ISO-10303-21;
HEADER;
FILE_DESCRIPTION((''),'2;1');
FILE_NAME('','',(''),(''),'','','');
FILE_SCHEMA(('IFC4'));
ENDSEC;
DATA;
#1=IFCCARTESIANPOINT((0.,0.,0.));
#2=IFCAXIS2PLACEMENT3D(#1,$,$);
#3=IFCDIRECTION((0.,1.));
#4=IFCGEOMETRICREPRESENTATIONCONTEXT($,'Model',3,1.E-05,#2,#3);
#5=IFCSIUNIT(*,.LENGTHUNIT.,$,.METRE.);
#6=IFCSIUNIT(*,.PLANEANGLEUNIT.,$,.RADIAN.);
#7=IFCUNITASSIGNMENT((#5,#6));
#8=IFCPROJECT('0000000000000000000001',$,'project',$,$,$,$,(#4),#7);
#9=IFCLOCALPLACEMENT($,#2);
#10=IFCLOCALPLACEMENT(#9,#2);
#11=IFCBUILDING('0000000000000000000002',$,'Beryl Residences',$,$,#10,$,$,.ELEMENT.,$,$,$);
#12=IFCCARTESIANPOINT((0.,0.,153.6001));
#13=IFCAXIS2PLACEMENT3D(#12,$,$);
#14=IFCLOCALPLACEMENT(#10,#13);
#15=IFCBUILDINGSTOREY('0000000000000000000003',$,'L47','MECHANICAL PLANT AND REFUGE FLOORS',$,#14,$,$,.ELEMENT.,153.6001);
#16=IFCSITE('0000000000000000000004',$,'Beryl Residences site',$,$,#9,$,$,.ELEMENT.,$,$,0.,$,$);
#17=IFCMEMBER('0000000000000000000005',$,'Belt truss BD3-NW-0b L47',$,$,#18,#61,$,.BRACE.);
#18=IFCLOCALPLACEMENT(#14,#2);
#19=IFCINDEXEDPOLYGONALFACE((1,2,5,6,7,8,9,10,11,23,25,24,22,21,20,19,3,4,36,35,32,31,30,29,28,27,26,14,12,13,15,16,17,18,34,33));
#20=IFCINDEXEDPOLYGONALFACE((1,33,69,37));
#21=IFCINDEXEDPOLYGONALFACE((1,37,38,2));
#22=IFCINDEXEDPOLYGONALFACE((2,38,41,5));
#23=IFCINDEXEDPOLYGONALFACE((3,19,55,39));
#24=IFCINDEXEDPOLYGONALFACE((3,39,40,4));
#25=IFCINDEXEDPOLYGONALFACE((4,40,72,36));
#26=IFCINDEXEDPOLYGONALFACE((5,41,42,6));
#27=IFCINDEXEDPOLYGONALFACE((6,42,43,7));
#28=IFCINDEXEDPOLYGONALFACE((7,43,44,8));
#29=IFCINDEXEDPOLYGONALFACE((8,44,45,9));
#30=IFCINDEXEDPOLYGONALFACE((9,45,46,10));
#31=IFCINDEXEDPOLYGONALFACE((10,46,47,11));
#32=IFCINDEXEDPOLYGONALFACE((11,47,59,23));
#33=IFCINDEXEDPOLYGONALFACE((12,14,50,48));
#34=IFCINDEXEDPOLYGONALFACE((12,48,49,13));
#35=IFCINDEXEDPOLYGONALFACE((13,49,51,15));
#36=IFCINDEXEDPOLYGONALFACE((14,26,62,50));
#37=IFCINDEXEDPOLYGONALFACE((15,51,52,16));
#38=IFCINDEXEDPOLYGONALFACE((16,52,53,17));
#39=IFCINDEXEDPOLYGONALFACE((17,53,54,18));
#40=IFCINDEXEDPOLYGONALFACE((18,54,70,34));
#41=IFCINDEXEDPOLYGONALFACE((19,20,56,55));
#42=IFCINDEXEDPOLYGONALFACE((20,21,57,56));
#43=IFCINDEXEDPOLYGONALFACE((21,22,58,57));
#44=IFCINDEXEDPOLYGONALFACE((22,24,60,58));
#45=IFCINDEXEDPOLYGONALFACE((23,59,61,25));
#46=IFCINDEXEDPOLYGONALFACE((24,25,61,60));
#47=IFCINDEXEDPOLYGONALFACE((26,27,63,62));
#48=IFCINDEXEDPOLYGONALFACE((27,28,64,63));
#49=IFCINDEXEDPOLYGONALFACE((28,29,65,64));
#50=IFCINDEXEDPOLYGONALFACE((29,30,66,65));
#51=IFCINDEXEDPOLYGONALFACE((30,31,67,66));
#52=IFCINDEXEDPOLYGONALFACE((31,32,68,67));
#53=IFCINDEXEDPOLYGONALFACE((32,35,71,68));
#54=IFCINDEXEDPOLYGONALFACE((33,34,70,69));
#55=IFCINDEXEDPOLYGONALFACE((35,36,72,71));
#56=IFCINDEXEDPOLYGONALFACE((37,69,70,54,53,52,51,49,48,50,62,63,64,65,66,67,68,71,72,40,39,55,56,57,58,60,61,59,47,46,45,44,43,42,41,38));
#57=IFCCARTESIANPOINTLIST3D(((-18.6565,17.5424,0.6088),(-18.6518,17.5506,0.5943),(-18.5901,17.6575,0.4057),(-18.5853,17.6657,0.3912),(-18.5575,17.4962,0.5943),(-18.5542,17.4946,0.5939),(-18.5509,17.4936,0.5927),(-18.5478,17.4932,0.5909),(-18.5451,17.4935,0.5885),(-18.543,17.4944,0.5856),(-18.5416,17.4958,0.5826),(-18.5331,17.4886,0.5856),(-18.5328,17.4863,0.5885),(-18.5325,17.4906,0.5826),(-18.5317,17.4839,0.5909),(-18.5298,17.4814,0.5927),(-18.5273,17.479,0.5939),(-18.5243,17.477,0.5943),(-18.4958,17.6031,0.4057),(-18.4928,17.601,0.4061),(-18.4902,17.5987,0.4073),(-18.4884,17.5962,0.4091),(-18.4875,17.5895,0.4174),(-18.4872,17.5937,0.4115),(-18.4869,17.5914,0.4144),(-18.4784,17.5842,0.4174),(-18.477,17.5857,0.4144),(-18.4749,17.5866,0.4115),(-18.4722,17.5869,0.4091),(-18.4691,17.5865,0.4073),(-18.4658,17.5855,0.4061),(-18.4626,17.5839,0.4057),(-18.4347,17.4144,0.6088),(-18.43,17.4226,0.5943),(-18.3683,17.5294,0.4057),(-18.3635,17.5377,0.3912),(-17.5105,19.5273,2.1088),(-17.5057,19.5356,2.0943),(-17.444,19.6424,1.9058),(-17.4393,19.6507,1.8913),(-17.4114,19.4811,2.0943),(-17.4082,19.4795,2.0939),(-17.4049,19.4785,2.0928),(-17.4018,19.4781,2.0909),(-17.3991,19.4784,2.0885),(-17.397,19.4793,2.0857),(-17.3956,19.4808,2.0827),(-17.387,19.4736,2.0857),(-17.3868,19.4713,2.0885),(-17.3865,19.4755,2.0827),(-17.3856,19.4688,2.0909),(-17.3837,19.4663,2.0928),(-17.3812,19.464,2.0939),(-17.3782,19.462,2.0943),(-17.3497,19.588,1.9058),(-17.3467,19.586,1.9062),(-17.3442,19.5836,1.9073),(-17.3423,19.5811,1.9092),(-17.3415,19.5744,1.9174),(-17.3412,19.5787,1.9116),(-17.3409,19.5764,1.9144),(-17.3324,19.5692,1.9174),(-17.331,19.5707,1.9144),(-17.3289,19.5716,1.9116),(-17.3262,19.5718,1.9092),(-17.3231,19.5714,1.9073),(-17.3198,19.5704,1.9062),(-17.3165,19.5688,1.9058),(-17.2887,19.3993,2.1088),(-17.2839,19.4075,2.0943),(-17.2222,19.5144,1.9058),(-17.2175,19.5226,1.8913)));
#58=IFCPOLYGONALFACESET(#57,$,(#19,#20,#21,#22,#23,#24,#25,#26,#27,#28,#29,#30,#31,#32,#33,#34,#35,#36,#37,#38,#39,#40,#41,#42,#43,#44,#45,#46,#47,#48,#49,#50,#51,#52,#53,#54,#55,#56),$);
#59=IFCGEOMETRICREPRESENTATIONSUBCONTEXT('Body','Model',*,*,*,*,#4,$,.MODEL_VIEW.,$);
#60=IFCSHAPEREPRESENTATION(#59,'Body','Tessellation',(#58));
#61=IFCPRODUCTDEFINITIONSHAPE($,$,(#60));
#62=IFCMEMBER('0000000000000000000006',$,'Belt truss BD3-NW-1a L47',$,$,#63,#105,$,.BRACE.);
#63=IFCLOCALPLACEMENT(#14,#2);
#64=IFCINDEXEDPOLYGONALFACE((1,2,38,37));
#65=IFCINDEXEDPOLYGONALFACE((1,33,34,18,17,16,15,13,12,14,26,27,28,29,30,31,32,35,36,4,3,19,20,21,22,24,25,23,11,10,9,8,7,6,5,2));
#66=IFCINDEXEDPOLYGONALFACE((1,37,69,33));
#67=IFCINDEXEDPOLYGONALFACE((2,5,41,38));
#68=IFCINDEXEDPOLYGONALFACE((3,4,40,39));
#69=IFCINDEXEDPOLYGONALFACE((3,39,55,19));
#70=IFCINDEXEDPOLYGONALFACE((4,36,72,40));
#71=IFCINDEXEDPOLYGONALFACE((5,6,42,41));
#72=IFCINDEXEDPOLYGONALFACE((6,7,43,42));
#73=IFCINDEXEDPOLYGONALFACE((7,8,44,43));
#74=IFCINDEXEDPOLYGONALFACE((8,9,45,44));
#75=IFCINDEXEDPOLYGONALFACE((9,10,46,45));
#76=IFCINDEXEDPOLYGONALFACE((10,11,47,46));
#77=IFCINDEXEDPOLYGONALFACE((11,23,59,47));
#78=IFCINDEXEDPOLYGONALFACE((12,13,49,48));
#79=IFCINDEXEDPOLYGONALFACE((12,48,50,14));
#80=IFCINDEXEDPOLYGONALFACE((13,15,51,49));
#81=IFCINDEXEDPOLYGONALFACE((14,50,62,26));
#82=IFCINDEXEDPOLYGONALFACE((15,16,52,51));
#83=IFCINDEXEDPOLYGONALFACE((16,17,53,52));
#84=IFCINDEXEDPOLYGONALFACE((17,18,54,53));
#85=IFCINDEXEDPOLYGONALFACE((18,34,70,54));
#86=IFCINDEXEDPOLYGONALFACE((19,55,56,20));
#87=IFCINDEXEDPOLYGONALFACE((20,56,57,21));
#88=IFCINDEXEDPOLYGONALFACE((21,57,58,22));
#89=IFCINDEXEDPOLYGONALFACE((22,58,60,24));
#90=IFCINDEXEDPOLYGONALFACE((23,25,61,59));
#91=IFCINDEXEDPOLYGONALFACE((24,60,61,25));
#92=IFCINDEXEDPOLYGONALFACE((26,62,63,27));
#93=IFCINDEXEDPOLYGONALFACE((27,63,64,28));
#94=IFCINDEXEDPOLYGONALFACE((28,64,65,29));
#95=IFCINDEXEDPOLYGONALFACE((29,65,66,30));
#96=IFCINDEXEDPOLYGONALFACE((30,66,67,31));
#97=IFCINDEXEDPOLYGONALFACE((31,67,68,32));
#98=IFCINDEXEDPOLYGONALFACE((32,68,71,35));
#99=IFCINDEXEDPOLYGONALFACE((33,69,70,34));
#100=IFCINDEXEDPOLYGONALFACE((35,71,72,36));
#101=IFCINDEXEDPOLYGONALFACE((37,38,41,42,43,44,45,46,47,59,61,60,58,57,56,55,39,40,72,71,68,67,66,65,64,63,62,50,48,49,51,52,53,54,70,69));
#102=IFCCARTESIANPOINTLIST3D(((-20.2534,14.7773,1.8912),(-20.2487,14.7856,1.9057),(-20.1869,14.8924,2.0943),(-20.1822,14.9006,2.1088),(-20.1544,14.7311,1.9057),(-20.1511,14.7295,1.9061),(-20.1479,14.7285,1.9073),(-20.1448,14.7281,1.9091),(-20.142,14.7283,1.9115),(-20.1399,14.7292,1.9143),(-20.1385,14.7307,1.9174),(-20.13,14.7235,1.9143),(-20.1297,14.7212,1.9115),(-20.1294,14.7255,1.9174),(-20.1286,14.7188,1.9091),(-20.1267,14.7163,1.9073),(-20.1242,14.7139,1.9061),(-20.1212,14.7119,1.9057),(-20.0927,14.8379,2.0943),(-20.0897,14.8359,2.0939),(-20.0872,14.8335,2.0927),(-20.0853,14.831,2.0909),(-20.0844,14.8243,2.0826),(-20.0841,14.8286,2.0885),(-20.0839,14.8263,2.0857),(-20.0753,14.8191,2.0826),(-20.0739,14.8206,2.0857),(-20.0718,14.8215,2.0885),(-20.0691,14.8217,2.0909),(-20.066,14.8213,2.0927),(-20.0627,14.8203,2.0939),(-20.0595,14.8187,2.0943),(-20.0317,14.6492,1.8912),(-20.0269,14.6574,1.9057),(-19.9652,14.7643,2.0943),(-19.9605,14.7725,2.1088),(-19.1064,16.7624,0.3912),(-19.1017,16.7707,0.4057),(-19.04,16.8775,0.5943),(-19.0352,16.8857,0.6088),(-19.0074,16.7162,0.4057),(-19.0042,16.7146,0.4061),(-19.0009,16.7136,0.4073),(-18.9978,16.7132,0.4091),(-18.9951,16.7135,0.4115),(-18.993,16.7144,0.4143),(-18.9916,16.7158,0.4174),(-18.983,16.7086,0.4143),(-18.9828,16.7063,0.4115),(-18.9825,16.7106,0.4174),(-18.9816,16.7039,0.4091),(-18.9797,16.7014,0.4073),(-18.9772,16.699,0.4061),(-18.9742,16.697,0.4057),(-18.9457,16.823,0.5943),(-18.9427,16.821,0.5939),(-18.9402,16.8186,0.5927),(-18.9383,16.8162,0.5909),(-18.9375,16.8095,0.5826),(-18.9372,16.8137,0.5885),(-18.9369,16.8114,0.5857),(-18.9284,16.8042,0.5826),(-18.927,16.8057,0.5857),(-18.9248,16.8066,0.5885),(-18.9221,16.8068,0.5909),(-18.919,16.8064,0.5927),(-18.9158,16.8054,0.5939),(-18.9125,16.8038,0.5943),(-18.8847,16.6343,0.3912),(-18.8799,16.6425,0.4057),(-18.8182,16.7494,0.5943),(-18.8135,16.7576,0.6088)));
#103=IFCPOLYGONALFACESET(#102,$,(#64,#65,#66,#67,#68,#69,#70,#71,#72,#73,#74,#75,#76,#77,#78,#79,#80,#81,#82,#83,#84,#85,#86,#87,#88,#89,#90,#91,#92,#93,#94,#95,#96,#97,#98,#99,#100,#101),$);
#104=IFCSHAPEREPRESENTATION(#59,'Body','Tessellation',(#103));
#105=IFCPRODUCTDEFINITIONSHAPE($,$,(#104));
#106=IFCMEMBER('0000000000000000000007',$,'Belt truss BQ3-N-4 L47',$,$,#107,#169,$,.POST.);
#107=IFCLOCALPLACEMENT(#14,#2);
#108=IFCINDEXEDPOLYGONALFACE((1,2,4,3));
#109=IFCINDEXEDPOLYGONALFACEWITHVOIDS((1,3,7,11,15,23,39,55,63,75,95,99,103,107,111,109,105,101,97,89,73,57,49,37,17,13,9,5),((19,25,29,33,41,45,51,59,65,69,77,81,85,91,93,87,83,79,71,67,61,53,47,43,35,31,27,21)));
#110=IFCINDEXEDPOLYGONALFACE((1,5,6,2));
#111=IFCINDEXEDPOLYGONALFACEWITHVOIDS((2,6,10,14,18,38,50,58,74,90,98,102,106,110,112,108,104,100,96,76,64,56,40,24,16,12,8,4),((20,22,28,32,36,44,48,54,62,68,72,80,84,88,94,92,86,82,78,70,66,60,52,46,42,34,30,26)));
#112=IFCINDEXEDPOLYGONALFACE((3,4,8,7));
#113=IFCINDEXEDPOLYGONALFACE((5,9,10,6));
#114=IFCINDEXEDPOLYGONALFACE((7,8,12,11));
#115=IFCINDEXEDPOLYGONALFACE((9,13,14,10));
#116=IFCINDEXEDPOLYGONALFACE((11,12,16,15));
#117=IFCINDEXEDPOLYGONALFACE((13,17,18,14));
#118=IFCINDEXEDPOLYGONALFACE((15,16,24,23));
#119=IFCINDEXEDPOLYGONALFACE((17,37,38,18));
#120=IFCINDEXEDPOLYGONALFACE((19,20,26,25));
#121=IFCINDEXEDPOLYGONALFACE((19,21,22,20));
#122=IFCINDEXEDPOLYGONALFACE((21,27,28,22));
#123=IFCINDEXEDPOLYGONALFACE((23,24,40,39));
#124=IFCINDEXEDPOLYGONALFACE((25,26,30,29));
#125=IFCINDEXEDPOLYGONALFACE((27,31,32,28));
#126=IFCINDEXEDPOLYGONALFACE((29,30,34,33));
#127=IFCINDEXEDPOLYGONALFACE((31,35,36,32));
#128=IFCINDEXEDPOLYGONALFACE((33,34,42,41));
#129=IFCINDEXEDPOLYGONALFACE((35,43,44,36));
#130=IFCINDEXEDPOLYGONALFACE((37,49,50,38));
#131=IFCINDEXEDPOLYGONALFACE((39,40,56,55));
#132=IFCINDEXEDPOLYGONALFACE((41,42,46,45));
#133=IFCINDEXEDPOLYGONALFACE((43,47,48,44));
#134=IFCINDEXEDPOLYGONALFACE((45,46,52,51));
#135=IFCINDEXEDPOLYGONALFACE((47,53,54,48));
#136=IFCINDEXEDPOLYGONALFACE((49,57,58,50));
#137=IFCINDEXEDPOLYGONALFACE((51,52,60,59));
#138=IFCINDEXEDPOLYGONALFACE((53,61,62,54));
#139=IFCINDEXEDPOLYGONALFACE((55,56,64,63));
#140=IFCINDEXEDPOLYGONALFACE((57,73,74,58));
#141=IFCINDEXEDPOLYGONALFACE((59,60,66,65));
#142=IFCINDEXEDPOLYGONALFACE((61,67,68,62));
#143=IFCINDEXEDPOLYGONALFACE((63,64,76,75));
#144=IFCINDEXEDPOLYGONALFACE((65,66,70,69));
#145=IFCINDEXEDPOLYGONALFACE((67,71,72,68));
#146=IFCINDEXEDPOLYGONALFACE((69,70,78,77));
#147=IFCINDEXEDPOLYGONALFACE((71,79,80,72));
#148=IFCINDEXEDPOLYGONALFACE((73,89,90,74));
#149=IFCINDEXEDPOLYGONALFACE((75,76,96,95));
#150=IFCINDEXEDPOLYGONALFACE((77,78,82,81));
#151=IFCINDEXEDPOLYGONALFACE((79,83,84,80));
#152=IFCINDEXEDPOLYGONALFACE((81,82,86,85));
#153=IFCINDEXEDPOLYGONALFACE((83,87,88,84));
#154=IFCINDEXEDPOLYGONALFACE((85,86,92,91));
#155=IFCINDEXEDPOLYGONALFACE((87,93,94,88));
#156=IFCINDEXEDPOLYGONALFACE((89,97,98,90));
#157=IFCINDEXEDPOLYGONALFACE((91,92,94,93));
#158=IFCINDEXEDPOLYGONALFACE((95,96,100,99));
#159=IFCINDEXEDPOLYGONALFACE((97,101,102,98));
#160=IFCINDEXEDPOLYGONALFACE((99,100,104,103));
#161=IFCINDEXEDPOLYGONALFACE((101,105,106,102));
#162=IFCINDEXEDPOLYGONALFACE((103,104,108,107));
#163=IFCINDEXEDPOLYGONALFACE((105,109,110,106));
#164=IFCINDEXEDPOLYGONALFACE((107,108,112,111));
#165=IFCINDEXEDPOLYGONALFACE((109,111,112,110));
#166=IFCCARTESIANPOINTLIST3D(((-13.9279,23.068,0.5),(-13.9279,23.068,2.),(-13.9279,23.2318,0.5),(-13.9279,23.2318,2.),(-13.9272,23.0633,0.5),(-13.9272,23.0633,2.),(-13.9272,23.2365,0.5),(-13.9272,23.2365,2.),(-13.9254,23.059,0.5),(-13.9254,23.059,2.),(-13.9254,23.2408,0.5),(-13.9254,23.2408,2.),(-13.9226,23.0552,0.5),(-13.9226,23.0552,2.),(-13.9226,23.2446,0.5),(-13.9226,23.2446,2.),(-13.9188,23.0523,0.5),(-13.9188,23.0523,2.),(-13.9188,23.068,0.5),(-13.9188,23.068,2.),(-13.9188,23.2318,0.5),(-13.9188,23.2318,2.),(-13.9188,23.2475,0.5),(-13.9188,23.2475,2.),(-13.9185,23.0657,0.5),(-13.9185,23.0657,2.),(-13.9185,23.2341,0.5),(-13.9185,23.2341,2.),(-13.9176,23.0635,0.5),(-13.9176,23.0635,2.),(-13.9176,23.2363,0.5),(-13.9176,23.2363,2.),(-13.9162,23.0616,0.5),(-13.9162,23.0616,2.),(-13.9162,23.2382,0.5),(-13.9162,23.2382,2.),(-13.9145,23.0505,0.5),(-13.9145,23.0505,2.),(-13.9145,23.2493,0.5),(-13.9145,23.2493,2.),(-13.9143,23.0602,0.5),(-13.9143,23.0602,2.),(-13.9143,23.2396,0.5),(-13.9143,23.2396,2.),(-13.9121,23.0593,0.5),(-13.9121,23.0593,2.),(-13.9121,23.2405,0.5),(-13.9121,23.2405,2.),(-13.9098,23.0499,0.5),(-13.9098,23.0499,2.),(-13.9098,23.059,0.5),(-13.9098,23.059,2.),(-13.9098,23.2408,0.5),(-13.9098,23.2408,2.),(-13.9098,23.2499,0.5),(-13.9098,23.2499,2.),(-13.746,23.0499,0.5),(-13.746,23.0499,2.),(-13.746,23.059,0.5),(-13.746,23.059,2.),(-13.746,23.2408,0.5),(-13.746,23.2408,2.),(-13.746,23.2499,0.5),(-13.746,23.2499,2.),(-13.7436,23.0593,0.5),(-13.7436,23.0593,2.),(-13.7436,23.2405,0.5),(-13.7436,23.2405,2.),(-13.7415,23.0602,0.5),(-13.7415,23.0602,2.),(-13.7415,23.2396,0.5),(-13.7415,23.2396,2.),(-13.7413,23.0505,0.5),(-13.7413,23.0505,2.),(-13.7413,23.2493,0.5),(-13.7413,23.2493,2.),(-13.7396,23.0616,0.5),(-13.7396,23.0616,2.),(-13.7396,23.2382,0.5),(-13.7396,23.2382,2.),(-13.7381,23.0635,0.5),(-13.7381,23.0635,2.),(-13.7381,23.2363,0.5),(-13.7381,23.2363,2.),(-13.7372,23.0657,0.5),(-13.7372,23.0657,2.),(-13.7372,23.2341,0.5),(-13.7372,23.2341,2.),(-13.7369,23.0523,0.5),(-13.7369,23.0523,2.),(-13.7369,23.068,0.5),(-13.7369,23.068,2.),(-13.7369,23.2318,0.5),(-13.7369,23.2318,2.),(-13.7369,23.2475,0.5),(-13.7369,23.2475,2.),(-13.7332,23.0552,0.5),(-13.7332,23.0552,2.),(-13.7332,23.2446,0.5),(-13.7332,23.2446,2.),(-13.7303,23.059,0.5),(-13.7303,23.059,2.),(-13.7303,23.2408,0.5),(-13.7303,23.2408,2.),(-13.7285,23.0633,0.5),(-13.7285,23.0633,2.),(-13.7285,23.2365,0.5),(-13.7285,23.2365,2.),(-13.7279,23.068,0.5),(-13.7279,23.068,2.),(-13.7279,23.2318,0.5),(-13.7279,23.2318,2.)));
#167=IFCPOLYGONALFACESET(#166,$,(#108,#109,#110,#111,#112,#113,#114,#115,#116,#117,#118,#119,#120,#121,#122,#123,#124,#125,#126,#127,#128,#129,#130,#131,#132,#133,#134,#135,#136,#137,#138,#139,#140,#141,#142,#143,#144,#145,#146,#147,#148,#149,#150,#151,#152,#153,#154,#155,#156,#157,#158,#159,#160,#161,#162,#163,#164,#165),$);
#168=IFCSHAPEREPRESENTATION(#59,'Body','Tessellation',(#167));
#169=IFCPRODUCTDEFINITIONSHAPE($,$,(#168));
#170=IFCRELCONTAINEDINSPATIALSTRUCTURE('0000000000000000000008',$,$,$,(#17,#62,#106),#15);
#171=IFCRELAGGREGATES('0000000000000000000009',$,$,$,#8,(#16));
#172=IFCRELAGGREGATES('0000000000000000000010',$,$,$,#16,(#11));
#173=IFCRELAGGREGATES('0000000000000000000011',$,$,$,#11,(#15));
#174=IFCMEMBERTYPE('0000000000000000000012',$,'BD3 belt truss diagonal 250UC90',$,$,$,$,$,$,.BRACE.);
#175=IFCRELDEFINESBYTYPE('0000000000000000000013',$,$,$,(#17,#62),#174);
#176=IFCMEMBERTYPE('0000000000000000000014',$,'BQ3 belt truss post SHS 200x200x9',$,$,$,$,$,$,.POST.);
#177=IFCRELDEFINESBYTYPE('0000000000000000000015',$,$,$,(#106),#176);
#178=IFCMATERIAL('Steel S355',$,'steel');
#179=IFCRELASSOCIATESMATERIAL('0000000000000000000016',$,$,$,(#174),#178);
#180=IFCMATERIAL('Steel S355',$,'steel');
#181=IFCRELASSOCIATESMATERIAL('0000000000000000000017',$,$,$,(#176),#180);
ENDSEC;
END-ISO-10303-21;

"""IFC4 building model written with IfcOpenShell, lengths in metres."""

from ifc_helpers import new_model, si_unit, direction, frame, origin, origin_2d, place, context, subcontext, project, spatial, hollow_rectangle, i_section, extrude, material, material_profile, profile_set, type_object, element, save


model = new_model("IFC4")

# Units and contexts
model_context = context("Model", 3, precision=1e-05, world=origin(), true_north=direction((0.0, 1.0)))
body_context = subcontext(model_context, "Body", "Model", "MODEL_VIEW")
ifc_project = project(units=[si_unit("LENGTHUNIT", "METRE"), si_unit("PLANEANGLEUNIT", "RADIAN")], contexts=[model_context])

# Site, building, storey
site_placement = place(None, origin())
site = spatial("IfcSite", under=ifc_project, at=site_placement, Name="Beryl Residences site", CompositionType="ELEMENT", RefElevation=0.0)
building_placement = place(site_placement, origin())
building = spatial("IfcBuilding", under=site, at=building_placement, Name="Beryl Residences", CompositionType="ELEMENT")
storey_placement = place(building_placement, frame((0.0, 0.0, 153.6001)))
storey = spatial("IfcBuildingStorey", under=building, at=storey_placement, Name="L47", Description="MECHANICAL PLANT AND REFUGE FLOORS", CompositionType="ELEMENT", Elevation=153.6001)

# Members
ifc_material_1 = material(Name="Steel S355", Category="steel")
ifc_material_profile_1 = material_profile(ifc_material_1, i_section(OverallWidth=0.2561, OverallDepth=0.26, WebThickness=0.0105, FlangeThickness=0.0173, FilletRadius=0.0139, at=origin_2d()))
ifc_profile_set_1 = profile_set([ifc_material_profile_1], Name="Steel S355")
member_type_1 = type_object("IfcMemberType", Name="BD3 belt truss diagonal 250UC90", PredefinedType="BRACE", material=ifc_profile_set_1)
for number, where, z_axis, x_axis, name in (
    (1, (-18.51, 17.54, 0.5), (0.418375, 0.724625, 0.547613), (-0.866019, 0.500011, 0.0), "Belt truss BD3-NW-0b L47"),
):
    element("IfcMember", number, at=place(storey_placement, frame(where, z_axis=z_axis, x_axis=x_axis)), inside=storey, type_object=member_type_1, Name=name, PredefinedType="BRACE", context=body_context, shape_type="SweptSolid", body=[
        extrude(i_section(OverallWidth=0.2561, OverallDepth=0.26, WebThickness=0.0105, FlangeThickness=0.0173, FilletRadius=0.0139, at=origin_2d()), origin(), (0.0, 0.0, 1.0), 2.7393),
    ])
member_1_placement = place(storey_placement, frame((-18.96, 16.76, 0.5), z_axis=(-0.418642, -0.724559, 0.547496), x_axis=(0.865861, -0.500285, 0.0)))
element("IfcMember", 2, at=member_1_placement, inside=storey, type_object=member_type_1, Name="Belt truss BD3-NW-1a L47", PredefinedType="BRACE", context=body_context, shape_type="SweptSolid", body=[
    extrude(i_section(OverallWidth=0.2561, OverallDepth=0.26, WebThickness=0.0105, FlangeThickness=0.0173, FilletRadius=0.0139, at=origin_2d()), origin(), (0.0, 0.0, 1.0), 2.7397),
])
ifc_material_2 = material(Name="Steel S355", Category="steel")
ifc_material_profile_2 = material_profile(ifc_material_2, hollow_rectangle(XDim=0.2, YDim=0.2, WallThickness=0.009, InnerFilletRadius=0.009, OuterFilletRadius=0.0181, at=origin_2d()))
ifc_profile_set_2 = profile_set([ifc_material_profile_2], Name="Steel S355")
member_type_2 = type_object("IfcMemberType", Name="BQ3 belt truss post SHS 200x200x9", PredefinedType="POST", material=ifc_profile_set_2)
for number, where, z_axis, x_axis, name in (
    (3, (-13.8279, 23.1499, 0.5), (0.0, 0.0, 1.0), (1.0, 0.0, 0.0), "Belt truss BQ3-N-4 L47"),
):
    element("IfcMember", number, at=place(storey_placement, frame(where, z_axis=z_axis, x_axis=x_axis)), inside=storey, type_object=member_type_2, Name=name, PredefinedType="POST", context=body_context, shape_type="SweptSolid", body=[
        extrude(hollow_rectangle(XDim=0.2, YDim=0.2, WallThickness=0.009, InnerFilletRadius=0.009, OuterFilletRadius=0.0181, at=origin_2d()), origin(), (0.0, 0.0, 1.0), 1.5),
    ])

save(model, "model.ifc")
